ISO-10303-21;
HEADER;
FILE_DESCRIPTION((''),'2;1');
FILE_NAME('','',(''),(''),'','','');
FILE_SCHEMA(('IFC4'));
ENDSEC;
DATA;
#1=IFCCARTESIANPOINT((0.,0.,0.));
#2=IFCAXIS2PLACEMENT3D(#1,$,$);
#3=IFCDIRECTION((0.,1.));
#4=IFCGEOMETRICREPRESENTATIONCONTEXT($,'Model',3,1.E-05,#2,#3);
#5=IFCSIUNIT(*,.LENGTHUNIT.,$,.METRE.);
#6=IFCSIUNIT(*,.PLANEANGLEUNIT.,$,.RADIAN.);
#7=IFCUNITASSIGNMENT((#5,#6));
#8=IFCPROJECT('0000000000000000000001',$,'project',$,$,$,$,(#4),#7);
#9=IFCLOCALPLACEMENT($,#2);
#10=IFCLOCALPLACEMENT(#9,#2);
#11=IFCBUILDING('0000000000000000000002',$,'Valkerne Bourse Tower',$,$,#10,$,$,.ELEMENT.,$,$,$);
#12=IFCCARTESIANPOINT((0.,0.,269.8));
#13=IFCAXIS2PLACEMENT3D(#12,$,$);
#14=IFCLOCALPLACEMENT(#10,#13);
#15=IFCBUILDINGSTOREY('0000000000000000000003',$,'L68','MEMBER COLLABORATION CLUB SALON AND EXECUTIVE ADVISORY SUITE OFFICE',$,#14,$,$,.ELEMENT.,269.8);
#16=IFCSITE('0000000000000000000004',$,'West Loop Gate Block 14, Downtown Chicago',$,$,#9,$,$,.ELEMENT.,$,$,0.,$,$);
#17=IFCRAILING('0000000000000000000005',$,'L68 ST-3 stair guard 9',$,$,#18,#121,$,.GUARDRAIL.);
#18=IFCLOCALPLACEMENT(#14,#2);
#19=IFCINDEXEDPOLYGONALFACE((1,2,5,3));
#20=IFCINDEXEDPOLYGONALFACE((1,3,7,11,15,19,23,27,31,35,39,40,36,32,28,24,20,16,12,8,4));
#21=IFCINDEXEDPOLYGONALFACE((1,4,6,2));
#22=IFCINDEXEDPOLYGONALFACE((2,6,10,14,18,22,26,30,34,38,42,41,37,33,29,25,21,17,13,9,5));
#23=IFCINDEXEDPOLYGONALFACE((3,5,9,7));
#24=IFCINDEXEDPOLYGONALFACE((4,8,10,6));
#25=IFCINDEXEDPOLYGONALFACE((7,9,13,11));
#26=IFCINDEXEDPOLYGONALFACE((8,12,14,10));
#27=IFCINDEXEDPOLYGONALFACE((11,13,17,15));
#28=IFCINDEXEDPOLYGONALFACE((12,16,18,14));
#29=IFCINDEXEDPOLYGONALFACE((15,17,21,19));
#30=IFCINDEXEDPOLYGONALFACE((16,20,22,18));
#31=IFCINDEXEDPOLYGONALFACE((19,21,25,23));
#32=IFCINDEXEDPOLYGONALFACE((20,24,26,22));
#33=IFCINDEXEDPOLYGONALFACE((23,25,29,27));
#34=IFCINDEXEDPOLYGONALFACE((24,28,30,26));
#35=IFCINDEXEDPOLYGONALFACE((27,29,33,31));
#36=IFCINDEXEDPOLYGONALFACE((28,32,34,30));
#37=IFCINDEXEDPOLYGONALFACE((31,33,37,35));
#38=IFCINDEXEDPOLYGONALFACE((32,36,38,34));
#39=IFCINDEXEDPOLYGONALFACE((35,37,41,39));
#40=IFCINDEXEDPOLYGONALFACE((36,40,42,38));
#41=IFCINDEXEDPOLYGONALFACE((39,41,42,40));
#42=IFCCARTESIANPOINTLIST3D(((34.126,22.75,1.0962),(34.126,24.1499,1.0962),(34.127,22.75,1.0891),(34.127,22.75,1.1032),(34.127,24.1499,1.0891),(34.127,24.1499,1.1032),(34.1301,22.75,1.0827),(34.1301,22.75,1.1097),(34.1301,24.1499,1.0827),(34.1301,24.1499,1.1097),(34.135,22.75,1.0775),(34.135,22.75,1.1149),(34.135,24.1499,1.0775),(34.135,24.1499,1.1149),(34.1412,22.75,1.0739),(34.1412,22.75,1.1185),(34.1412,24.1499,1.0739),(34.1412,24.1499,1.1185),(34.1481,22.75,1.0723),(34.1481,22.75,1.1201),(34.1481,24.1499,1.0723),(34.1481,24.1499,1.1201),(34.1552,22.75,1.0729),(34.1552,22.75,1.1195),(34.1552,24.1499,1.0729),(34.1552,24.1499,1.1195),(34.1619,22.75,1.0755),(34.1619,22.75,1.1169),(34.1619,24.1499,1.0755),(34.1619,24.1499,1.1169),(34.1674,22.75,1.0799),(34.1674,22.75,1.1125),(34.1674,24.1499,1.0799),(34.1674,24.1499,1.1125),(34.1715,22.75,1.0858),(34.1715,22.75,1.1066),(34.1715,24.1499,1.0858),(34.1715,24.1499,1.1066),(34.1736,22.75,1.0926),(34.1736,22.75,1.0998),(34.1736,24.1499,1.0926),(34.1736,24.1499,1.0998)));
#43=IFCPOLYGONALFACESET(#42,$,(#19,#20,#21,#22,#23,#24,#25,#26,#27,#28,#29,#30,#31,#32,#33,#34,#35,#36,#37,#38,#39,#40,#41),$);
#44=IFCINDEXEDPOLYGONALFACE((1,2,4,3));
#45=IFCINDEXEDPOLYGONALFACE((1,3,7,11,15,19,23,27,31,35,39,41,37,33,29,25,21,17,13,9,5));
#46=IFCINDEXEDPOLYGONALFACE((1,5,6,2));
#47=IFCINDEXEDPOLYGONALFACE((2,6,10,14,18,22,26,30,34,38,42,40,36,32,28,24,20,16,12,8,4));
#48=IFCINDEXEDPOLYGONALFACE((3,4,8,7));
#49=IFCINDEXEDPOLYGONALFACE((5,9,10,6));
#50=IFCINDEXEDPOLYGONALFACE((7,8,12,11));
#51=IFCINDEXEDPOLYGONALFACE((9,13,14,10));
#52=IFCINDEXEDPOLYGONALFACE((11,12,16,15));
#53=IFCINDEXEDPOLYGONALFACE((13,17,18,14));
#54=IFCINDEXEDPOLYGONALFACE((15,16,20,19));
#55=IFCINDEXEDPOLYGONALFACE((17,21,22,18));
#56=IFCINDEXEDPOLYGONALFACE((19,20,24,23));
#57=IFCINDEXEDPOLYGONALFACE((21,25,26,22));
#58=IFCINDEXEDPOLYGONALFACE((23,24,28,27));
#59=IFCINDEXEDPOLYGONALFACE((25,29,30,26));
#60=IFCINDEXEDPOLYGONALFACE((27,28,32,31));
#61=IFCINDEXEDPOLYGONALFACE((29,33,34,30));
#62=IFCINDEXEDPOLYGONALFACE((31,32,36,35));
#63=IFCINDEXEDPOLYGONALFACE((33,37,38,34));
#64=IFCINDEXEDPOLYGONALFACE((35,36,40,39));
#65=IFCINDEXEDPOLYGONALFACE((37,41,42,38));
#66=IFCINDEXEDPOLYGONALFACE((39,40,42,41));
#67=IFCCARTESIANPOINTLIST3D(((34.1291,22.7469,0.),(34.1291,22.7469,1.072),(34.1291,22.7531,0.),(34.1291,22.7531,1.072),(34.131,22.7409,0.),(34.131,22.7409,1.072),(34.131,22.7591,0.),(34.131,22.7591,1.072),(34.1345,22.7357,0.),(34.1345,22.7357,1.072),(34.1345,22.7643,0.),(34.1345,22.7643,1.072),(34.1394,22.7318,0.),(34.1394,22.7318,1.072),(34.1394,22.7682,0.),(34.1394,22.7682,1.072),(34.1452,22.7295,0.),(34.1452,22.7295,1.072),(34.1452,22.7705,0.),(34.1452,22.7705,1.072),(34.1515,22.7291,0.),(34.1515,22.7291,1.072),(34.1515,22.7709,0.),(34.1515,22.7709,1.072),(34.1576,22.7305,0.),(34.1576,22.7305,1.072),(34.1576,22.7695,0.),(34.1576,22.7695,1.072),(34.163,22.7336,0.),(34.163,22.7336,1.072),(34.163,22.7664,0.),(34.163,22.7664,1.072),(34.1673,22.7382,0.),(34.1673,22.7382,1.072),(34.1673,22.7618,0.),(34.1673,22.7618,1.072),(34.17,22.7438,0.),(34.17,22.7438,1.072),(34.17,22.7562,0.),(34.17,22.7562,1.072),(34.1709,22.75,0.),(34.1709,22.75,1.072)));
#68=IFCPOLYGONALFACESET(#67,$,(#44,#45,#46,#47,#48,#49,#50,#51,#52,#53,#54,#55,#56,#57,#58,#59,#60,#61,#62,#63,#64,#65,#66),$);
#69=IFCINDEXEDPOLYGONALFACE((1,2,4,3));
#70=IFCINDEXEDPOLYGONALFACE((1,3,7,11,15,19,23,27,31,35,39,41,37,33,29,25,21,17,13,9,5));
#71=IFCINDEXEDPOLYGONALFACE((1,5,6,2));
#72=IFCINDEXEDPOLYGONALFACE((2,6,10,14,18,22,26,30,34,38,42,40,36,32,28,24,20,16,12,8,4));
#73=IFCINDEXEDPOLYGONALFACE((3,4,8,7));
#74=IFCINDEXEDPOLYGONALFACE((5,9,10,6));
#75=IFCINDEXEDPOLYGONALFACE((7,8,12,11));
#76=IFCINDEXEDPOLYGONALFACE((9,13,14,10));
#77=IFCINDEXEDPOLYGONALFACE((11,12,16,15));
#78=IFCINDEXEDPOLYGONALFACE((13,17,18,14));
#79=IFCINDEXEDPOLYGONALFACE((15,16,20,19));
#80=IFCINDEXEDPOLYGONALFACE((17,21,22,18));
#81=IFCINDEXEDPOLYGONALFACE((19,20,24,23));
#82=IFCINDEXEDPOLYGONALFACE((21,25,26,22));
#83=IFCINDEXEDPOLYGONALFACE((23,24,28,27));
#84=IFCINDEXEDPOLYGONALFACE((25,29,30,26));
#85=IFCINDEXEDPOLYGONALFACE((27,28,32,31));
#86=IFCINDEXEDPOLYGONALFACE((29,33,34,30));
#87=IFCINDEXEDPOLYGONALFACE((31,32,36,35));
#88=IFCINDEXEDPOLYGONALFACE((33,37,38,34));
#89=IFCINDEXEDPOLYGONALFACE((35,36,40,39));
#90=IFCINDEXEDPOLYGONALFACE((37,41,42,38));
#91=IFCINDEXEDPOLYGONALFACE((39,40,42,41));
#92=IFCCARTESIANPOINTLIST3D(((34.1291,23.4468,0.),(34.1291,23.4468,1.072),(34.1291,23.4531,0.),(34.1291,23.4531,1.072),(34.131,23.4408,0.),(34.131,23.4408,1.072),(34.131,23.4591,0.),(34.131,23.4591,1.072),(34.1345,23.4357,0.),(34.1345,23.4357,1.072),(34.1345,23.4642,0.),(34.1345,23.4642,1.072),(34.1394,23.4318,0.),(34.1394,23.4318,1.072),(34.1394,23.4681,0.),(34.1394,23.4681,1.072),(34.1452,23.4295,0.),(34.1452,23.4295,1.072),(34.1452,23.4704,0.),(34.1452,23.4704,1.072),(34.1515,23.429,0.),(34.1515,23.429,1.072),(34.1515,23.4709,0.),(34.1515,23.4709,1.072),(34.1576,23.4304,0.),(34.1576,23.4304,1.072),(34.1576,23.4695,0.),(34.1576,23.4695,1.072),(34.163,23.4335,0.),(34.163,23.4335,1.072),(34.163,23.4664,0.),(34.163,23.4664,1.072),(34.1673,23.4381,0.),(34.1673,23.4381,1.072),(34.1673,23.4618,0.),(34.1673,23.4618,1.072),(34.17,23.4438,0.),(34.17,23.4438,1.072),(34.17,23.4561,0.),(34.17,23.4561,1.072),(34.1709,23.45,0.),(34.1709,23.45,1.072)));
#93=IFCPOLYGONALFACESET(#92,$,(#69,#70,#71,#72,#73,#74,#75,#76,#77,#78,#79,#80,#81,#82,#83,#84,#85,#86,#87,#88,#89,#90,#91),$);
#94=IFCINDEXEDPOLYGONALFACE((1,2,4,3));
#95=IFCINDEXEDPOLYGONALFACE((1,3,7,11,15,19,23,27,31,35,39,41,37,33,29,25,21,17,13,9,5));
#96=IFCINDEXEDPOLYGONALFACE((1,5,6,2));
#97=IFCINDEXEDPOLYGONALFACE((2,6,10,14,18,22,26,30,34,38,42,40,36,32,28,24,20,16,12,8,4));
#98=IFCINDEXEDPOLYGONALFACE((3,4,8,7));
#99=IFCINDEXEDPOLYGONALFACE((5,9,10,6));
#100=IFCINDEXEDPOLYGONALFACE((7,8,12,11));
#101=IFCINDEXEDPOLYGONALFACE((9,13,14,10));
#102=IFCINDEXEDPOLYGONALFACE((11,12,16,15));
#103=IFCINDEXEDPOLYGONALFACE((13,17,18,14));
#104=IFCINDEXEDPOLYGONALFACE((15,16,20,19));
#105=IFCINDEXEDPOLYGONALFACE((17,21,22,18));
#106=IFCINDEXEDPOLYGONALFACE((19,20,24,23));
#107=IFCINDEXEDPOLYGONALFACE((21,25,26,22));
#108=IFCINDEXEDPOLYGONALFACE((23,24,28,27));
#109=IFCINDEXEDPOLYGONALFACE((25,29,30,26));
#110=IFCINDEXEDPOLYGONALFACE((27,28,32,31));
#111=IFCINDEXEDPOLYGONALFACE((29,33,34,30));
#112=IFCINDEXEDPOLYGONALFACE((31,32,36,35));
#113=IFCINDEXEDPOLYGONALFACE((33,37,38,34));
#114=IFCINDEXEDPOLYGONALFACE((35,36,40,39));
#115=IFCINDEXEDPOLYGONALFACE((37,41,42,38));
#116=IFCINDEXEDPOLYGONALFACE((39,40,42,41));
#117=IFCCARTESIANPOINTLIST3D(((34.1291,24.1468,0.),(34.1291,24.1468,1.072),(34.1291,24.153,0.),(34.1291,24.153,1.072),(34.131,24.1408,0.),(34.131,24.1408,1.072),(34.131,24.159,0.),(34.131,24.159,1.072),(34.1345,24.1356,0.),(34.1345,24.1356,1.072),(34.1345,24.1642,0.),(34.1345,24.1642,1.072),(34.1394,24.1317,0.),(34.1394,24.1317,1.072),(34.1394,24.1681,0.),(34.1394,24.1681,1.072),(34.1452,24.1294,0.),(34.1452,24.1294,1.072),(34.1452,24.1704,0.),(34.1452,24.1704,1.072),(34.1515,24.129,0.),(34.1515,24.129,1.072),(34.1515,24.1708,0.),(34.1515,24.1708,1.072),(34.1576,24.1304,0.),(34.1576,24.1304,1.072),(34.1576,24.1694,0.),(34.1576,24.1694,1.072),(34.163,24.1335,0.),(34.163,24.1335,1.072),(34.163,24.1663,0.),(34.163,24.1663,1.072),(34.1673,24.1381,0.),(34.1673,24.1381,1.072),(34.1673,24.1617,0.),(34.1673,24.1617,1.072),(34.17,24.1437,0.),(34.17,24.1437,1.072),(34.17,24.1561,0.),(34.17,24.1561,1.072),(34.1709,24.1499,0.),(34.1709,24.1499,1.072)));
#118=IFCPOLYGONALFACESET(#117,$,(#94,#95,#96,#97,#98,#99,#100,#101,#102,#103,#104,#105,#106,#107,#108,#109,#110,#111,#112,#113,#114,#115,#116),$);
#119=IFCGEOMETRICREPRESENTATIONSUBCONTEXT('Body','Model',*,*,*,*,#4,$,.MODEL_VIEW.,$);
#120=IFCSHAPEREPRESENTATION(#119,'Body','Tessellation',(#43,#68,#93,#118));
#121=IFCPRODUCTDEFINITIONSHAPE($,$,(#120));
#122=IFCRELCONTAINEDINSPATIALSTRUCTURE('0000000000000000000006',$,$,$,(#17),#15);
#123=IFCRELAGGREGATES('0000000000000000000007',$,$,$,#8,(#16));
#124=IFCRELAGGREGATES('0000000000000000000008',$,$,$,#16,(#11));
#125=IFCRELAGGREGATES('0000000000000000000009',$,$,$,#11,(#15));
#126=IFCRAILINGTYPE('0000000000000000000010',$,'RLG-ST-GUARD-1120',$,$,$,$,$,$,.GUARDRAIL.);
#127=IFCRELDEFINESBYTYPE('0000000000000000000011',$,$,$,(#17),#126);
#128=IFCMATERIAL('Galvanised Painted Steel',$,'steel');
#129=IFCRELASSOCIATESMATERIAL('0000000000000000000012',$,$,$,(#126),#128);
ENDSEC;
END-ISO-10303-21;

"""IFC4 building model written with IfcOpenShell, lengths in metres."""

from ifc_helpers import new_model, si_unit, direction, frame, origin, origin_2d, place, context, subcontext, project, spatial, circle, extrude, material, type_object, element, save


model = new_model("IFC4")

# Units and contexts
model_context = context("Model", 3, precision=1e-05, world=origin(), true_north=direction((0.0, 1.0)))
body_context = subcontext(model_context, "Body", "Model", "MODEL_VIEW")
ifc_project = project(units=[si_unit("LENGTHUNIT", "METRE"), si_unit("PLANEANGLEUNIT", "RADIAN")], contexts=[model_context])

# Site, building, storey
site_placement = place(None, origin())
site = spatial("IfcSite", under=ifc_project, at=site_placement, Name="West Loop Gate Block 14, Downtown Chicago", CompositionType="ELEMENT", RefElevation=0.0)
building_placement = place(site_placement, origin())
building = spatial("IfcBuilding", under=site, at=building_placement, Name="Valkerne Bourse Tower", CompositionType="ELEMENT")
storey_placement = place(building_placement, frame((0.0, 0.0, 269.8)))
storey = spatial("IfcBuildingStorey", under=building, at=storey_placement, Name="L68", Description="MEMBER COLLABORATION CLUB SALON AND EXECUTIVE ADVISORY SUITE OFFICE", CompositionType="ELEMENT", Elevation=269.8)

# Shared definitions
ifc_material_1 = material(Name="Galvanised Painted Steel", Category="steel")

# Railing
railing_type = type_object("IfcRailingType", Name="RLG-ST-GUARD-1120", PredefinedType="GUARDRAIL", material=ifc_material_1)
railing_1_placement = place(storey_placement, frame((34.1499, 22.75, 0.0)))
element("IfcRailing", 1, at=railing_1_placement, inside=storey, type_object=railing_type, Name="L68 ST-3 stair guard 9", PredefinedType="GUARDRAIL", context=body_context, shape_type="SweptSolid", body=[
    extrude(circle(Radius=0.0239, at=origin_2d()), frame((0.0, 0.0, 1.0962), z_axis=(0.0, 1.0, 0.0), x_axis=(-1.0, 0.0, 0.0)), (0.0, 0.0, 1.0), 1.3999),
    extrude(circle(Radius=0.021, at=origin_2d()), origin(), (0.0, 0.0, 1.0), 1.072),
    extrude(circle(Radius=0.021, at=origin_2d()), frame((0.0, 0.7, 0.0)), (0.0, 0.0, 1.0), 1.072),
    extrude(circle(Radius=0.021, at=origin_2d()), frame((0.0, 1.3999, 0.0)), (0.0, 0.0, 1.0), 1.072),
])

save(model, "model.ifc")
